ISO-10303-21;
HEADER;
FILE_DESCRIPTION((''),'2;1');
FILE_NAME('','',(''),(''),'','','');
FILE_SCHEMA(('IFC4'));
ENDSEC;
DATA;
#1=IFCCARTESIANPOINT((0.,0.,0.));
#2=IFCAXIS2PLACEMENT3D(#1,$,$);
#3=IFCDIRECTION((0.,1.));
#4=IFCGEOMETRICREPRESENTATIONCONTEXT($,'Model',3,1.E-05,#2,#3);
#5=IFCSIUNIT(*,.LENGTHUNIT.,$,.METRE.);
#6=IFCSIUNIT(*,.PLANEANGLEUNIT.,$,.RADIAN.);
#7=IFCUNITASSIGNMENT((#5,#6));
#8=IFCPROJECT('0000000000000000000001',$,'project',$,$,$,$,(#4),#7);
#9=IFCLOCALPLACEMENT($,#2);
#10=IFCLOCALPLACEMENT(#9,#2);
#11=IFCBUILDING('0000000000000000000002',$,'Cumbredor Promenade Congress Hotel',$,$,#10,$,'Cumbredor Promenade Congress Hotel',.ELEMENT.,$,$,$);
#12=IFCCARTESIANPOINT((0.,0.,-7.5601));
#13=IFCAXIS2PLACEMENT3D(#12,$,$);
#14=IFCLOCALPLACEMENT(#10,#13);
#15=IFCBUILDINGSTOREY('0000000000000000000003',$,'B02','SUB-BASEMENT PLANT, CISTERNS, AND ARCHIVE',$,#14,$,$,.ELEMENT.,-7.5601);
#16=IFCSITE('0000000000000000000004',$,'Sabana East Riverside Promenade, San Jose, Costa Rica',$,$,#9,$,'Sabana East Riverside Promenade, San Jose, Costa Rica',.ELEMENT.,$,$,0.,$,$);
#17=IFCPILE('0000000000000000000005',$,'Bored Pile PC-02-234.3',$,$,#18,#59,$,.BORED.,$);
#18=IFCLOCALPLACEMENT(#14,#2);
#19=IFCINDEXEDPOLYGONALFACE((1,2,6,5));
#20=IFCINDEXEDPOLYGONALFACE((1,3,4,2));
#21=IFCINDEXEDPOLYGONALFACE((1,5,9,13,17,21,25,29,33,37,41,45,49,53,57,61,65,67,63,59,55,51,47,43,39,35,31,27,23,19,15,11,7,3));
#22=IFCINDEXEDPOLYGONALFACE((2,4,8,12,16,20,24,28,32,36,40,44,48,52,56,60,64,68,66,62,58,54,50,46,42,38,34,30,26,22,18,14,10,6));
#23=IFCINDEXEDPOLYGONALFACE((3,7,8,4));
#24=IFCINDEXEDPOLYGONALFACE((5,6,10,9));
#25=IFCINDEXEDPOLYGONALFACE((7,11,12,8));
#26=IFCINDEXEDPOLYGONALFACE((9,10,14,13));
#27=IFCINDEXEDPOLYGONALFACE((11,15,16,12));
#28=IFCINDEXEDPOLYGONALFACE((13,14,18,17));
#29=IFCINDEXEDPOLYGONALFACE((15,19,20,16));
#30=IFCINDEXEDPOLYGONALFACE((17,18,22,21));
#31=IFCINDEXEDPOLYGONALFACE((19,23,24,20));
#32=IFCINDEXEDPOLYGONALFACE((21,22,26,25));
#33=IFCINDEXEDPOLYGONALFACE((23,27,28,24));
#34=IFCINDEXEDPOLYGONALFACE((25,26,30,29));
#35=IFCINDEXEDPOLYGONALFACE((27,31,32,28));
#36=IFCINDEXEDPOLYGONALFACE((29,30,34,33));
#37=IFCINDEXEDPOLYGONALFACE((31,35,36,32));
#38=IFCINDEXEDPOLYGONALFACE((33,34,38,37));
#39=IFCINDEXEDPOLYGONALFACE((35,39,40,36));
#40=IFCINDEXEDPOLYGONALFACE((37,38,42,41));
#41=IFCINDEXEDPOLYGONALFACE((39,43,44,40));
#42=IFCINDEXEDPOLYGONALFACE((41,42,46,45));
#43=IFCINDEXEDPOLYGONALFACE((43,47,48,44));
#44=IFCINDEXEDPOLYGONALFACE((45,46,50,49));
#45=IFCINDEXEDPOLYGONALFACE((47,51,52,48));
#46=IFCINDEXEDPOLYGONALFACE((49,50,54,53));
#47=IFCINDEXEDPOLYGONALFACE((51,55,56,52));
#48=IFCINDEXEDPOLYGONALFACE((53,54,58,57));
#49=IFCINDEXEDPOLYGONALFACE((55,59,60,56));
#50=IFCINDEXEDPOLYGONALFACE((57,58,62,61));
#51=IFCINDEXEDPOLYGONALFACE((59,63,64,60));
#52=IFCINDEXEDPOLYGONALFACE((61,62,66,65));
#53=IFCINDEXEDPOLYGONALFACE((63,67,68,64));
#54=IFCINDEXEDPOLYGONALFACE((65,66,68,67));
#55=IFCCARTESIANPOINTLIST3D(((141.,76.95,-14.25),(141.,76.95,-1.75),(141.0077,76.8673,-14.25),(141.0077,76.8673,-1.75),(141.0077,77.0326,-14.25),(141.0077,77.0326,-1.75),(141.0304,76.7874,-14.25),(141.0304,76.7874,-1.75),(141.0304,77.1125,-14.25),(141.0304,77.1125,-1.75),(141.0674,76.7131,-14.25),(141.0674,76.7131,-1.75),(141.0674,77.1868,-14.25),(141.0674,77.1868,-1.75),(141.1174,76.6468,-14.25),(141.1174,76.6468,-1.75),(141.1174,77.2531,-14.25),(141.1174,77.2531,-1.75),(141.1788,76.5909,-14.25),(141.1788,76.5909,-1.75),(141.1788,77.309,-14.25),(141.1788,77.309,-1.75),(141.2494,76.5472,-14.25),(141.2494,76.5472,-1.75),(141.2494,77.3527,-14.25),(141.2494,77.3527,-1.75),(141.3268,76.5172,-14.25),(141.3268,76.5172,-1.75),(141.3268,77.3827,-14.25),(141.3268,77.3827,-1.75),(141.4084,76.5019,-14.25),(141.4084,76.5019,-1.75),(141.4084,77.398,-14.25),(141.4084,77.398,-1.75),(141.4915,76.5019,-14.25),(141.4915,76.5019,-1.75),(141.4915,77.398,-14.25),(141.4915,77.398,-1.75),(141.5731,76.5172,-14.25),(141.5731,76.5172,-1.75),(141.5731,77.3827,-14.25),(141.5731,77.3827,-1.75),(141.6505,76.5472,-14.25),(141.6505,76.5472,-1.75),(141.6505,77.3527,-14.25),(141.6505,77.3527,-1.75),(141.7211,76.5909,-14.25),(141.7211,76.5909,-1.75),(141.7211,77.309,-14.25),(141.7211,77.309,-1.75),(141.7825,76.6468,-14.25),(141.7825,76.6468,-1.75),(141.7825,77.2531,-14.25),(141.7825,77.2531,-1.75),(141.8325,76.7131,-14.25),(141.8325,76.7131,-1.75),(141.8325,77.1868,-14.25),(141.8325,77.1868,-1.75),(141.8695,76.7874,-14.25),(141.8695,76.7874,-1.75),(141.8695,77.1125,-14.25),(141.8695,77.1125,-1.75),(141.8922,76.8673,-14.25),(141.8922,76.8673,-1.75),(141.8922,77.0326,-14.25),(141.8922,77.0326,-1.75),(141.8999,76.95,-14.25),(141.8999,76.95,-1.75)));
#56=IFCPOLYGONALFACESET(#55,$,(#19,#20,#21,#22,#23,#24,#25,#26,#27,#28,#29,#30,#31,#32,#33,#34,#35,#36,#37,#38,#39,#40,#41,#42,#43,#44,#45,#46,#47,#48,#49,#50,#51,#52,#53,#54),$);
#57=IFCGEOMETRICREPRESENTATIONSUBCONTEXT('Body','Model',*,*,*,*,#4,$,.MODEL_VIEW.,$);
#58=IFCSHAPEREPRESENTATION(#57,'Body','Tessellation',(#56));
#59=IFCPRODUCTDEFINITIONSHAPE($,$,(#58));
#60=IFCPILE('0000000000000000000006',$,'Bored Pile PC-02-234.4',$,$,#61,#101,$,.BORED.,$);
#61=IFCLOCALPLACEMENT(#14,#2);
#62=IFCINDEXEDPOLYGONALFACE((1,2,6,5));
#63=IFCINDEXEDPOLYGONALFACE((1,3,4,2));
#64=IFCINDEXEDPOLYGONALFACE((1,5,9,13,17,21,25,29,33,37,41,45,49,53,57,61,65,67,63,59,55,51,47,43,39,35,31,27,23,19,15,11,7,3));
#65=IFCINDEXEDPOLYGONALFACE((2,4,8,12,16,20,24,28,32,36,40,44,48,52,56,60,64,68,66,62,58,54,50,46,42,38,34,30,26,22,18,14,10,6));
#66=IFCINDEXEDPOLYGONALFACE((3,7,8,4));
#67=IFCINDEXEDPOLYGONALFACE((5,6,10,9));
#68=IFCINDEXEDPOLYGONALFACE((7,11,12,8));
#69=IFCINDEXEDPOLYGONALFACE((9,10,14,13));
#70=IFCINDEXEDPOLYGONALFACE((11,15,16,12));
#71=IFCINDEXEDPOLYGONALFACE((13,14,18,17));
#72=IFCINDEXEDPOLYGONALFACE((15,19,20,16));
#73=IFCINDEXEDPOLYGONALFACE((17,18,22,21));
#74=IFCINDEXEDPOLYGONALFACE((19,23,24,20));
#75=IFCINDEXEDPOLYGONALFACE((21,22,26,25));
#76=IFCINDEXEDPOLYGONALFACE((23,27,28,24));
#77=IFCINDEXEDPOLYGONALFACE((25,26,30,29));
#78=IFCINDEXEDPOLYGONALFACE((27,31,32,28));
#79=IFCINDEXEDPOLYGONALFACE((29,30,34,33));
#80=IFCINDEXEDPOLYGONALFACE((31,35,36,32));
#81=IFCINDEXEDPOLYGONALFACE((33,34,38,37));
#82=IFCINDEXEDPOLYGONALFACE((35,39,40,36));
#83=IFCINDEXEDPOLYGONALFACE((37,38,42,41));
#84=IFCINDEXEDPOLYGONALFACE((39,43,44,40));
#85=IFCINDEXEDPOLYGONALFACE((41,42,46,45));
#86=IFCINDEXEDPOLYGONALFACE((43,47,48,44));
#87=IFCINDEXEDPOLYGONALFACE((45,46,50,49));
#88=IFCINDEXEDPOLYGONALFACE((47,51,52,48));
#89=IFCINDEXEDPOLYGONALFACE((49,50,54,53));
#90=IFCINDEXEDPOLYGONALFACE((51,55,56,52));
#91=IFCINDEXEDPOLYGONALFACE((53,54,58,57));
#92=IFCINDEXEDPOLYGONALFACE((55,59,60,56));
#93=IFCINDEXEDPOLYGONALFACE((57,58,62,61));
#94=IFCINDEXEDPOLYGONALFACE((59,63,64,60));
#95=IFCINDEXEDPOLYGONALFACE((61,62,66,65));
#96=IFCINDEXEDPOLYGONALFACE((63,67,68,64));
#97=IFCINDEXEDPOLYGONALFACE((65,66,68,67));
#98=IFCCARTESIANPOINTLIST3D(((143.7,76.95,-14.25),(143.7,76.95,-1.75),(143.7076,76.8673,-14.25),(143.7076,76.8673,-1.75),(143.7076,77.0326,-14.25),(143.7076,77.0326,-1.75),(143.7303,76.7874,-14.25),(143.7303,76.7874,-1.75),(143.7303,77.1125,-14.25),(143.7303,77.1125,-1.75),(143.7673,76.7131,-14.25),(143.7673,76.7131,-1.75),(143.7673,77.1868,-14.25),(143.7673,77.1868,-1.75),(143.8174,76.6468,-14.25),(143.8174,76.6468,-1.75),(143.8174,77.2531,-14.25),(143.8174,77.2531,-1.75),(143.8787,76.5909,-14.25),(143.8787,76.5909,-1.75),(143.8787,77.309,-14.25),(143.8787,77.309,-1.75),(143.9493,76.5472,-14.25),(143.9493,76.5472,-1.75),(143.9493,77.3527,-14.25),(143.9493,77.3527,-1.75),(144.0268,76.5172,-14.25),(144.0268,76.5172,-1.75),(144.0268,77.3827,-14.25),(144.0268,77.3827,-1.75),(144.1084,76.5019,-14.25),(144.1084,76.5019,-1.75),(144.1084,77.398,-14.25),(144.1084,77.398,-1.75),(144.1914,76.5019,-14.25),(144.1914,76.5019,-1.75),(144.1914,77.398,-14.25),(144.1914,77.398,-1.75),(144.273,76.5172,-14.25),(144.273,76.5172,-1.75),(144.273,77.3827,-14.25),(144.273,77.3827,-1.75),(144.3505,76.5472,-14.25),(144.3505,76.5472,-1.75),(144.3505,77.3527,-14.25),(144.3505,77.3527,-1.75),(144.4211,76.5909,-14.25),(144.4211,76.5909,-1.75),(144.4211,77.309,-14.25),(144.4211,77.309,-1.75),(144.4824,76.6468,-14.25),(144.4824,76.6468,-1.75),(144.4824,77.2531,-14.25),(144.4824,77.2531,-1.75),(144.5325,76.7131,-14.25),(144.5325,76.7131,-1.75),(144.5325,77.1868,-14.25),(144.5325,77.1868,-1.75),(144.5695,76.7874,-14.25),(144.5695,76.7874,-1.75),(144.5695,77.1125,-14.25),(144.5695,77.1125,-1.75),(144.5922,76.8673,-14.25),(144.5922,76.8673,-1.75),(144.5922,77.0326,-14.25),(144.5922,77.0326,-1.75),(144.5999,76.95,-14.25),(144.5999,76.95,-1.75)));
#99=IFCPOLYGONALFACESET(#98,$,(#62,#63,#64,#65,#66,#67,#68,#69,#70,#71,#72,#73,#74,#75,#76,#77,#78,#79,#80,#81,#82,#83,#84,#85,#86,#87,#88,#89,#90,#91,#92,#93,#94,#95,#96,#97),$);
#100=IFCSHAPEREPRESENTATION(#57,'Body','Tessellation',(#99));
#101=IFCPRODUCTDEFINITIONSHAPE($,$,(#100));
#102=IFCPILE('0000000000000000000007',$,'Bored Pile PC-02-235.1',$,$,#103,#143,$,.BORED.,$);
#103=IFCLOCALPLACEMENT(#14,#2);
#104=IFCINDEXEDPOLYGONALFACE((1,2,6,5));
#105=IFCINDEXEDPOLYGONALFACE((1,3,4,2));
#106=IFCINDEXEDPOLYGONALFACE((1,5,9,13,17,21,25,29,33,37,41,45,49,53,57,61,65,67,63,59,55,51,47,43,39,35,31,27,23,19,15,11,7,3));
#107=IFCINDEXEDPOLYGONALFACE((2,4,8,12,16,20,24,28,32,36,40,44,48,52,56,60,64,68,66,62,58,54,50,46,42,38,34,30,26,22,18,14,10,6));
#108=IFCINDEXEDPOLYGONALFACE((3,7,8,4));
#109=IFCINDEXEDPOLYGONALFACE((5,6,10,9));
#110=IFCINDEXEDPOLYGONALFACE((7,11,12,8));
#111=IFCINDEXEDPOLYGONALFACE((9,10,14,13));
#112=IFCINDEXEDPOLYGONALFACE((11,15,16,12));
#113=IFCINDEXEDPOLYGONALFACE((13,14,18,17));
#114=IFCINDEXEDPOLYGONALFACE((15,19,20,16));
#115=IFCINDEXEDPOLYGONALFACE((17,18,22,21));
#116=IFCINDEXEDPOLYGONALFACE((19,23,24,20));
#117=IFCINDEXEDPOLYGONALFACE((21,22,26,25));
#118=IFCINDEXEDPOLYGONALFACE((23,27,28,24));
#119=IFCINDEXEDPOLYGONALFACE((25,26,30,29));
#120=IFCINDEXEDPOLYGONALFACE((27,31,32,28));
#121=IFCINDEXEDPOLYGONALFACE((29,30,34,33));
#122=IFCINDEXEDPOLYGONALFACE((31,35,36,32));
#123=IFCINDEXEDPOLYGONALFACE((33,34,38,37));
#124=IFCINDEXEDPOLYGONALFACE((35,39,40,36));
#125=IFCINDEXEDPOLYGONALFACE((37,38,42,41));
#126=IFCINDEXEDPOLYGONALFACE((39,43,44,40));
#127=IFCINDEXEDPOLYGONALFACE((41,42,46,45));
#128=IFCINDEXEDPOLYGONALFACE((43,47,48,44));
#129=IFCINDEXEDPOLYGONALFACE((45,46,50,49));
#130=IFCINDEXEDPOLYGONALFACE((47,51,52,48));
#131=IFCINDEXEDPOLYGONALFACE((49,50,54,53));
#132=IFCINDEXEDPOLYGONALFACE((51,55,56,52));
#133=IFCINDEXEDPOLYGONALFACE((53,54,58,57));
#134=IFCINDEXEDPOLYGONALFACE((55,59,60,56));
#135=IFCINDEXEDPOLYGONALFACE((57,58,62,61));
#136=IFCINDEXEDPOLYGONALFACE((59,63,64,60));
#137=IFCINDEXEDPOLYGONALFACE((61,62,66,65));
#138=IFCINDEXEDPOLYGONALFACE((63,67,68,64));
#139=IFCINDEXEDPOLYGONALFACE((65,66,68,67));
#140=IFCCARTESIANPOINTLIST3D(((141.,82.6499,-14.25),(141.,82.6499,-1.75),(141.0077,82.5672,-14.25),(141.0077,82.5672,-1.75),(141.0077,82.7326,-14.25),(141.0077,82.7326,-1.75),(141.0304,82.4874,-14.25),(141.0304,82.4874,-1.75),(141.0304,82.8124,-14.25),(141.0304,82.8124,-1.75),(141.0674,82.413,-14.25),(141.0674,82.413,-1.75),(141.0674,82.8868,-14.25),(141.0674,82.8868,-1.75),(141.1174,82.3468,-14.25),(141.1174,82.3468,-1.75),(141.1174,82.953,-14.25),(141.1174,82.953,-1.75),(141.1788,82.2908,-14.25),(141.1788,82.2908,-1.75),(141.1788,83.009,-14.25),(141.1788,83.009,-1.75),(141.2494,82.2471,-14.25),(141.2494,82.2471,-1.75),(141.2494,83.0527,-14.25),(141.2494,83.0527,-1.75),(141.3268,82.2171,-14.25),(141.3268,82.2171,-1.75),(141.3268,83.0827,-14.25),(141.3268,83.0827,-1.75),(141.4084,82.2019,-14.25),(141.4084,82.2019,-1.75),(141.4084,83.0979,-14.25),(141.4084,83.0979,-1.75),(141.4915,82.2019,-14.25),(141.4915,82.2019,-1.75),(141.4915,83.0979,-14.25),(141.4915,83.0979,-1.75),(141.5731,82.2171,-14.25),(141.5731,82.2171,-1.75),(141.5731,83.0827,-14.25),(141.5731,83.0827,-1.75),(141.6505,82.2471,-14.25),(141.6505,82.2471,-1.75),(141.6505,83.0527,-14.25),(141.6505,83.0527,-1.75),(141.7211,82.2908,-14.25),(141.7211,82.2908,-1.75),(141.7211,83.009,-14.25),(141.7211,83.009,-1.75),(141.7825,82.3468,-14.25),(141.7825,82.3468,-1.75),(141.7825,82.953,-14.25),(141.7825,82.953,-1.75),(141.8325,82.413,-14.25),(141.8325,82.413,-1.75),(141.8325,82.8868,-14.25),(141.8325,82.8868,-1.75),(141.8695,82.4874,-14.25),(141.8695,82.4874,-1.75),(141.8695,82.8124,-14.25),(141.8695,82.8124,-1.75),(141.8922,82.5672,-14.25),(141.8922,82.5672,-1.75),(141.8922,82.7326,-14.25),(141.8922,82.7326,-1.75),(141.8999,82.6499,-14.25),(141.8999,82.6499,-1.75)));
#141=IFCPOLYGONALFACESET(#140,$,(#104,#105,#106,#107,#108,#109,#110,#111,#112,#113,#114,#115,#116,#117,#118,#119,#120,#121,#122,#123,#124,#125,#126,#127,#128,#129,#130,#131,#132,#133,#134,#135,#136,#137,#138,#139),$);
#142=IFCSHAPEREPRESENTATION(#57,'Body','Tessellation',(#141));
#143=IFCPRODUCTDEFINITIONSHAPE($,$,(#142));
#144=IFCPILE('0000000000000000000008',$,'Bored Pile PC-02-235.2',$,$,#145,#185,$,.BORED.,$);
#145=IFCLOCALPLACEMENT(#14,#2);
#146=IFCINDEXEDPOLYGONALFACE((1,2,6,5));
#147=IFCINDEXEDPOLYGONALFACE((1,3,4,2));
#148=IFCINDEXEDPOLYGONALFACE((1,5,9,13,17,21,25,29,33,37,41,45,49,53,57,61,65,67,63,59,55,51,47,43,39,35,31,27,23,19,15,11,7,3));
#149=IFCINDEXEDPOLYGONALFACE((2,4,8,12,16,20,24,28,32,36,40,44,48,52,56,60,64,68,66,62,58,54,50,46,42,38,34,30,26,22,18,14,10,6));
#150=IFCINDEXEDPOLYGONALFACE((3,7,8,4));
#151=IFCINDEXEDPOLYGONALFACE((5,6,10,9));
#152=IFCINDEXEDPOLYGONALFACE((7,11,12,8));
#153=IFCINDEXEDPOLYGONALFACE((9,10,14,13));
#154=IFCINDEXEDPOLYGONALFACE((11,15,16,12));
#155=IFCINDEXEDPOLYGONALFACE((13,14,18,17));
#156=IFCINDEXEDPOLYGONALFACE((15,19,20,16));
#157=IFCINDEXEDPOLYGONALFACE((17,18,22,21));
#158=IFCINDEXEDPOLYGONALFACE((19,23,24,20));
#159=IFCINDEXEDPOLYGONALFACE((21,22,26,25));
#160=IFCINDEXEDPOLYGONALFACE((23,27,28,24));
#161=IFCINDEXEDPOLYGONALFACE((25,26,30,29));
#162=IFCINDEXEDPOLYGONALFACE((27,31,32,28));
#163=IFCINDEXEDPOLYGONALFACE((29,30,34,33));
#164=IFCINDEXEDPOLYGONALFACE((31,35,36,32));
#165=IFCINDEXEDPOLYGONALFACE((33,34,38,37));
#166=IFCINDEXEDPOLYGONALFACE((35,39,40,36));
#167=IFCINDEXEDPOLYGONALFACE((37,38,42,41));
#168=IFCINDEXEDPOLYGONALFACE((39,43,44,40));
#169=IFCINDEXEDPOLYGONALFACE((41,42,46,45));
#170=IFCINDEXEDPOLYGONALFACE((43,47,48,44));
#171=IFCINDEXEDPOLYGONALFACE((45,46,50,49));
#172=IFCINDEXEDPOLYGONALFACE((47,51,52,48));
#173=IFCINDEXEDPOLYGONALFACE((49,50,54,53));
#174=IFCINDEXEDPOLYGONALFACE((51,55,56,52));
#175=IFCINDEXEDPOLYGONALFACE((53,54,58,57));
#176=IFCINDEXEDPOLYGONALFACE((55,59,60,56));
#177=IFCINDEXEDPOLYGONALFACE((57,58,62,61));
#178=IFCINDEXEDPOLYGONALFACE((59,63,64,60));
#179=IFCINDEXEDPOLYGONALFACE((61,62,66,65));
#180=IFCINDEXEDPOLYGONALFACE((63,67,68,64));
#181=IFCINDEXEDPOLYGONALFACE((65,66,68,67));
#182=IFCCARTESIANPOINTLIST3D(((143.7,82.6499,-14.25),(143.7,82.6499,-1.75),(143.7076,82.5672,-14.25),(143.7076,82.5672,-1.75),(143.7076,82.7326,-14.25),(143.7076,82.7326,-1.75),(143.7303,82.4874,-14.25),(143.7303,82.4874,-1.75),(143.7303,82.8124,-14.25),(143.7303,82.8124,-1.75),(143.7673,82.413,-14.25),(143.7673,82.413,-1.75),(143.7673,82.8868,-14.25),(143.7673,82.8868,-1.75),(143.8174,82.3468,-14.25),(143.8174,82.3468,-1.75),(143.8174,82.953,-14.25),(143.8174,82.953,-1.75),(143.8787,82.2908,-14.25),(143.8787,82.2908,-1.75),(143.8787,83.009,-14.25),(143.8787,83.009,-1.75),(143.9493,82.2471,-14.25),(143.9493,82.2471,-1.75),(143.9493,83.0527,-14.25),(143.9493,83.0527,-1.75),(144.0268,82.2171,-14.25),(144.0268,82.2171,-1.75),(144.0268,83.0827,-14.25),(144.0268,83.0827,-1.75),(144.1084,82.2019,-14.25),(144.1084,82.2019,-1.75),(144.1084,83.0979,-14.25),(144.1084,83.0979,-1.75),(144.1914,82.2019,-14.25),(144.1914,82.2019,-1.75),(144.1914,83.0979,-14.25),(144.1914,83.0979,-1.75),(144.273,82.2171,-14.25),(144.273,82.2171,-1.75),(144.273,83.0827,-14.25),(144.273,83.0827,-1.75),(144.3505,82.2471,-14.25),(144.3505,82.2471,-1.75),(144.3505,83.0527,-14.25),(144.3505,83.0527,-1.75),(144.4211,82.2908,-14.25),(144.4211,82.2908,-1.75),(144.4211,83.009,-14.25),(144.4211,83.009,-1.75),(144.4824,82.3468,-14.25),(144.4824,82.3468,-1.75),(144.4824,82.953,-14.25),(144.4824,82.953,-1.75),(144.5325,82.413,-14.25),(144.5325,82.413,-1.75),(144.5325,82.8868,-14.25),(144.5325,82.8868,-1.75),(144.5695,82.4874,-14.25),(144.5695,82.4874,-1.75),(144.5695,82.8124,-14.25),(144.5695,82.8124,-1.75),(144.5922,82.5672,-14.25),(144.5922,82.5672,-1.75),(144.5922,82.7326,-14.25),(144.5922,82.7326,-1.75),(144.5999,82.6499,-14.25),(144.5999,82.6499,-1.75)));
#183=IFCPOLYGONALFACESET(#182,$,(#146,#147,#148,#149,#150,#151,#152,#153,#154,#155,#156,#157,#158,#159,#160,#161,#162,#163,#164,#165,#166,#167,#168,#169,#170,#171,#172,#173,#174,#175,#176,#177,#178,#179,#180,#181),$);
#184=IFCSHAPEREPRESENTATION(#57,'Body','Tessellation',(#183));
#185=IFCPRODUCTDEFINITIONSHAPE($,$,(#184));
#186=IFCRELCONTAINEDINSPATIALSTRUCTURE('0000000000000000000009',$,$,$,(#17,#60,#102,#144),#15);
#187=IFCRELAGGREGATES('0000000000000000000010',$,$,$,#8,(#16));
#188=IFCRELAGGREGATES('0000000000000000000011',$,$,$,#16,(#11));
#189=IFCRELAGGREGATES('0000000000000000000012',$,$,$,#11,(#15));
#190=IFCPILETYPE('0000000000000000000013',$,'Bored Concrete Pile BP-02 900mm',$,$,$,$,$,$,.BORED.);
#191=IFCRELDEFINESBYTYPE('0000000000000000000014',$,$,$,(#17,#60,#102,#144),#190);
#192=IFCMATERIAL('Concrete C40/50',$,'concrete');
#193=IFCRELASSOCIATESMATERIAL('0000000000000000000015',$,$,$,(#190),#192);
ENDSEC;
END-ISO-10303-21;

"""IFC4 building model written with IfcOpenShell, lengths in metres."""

from ifc_helpers import new_model, si_unit, direction, frame, origin, origin_2d, place, context, subcontext, project, spatial, circle, extrude, material, material_profile, profile_set, type_object, element, save


model = new_model("IFC4")

# Units and contexts
model_context = context("Model", 3, precision=1e-05, world=origin(), true_north=direction((0.0, 1.0)))
body_context = subcontext(model_context, "Body", "Model", "MODEL_VIEW")
ifc_project = project(units=[si_unit("LENGTHUNIT", "METRE"), si_unit("PLANEANGLEUNIT", "RADIAN")], contexts=[model_context])

# Site, building, storey
site_placement = place(None, origin())
site = spatial("IfcSite", under=ifc_project, at=site_placement, Name="Sabana East Riverside Promenade, San Jose, Costa Rica", LongName="Sabana East Riverside Promenade, San Jose, Costa Rica", CompositionType="ELEMENT", RefElevation=0.0)
building_placement = place(site_placement, origin())
building = spatial("IfcBuilding", under=site, at=building_placement, Name="Cumbredor Promenade Congress Hotel", LongName="Cumbredor Promenade Congress Hotel", CompositionType="ELEMENT")
storey_placement = place(building_placement, frame((0.0, 0.0, -7.5601)))
storey = spatial("IfcBuildingStorey", under=building, at=storey_placement, Name="B02", Description="SUB-BASEMENT PLANT, CISTERNS, AND ARCHIVE", CompositionType="ELEMENT", Elevation=-7.5601)

# Piles
ifc_material_1 = material(Name="Concrete C40/50", Category="concrete")
ifc_material_profile_1 = material_profile(ifc_material_1, circle(Radius=0.45, at=origin_2d()), Name="PILE D900")
ifc_profile_set_1 = profile_set([ifc_material_profile_1], Name="Concrete C40/50")
pile_type = type_object("IfcPileType", Name="Bored Concrete Pile BP-02 900mm", PredefinedType="BORED", material=ifc_profile_set_1)
for number, where, z_axis, x_axis, name in (
    (1, (141.45, 76.95, -1.75), (0.0, 0.0, -1.0), (1.0, 0.0, 0.0), "Bored Pile PC-02-234.3"),
    (2, (144.1499, 76.95, -1.75), (0.0, 0.0, -1.0), (1.0, 0.0, 0.0), "Bored Pile PC-02-234.4"),
    (3, (141.45, 82.6499, -1.75), (0.0, 0.0, -1.0), (1.0, 0.0, 0.0), "Bored Pile PC-02-235.1"),
    (4, (144.1499, 82.6499, -1.75), (0.0, 0.0, -1.0), (1.0, 0.0, 0.0), "Bored Pile PC-02-235.2"),
):
    element("IfcPile", number, at=place(storey_placement, frame(where, z_axis=z_axis, x_axis=x_axis)), inside=storey, type_object=pile_type, Name=name, PredefinedType="BORED", context=body_context, shape_type="SweptSolid", body=[
        extrude(circle(Radius=0.45, at=origin_2d()), origin(), (0.0, 0.0, 1.0), 12.5),
    ])

save(model, "model.ifc")
